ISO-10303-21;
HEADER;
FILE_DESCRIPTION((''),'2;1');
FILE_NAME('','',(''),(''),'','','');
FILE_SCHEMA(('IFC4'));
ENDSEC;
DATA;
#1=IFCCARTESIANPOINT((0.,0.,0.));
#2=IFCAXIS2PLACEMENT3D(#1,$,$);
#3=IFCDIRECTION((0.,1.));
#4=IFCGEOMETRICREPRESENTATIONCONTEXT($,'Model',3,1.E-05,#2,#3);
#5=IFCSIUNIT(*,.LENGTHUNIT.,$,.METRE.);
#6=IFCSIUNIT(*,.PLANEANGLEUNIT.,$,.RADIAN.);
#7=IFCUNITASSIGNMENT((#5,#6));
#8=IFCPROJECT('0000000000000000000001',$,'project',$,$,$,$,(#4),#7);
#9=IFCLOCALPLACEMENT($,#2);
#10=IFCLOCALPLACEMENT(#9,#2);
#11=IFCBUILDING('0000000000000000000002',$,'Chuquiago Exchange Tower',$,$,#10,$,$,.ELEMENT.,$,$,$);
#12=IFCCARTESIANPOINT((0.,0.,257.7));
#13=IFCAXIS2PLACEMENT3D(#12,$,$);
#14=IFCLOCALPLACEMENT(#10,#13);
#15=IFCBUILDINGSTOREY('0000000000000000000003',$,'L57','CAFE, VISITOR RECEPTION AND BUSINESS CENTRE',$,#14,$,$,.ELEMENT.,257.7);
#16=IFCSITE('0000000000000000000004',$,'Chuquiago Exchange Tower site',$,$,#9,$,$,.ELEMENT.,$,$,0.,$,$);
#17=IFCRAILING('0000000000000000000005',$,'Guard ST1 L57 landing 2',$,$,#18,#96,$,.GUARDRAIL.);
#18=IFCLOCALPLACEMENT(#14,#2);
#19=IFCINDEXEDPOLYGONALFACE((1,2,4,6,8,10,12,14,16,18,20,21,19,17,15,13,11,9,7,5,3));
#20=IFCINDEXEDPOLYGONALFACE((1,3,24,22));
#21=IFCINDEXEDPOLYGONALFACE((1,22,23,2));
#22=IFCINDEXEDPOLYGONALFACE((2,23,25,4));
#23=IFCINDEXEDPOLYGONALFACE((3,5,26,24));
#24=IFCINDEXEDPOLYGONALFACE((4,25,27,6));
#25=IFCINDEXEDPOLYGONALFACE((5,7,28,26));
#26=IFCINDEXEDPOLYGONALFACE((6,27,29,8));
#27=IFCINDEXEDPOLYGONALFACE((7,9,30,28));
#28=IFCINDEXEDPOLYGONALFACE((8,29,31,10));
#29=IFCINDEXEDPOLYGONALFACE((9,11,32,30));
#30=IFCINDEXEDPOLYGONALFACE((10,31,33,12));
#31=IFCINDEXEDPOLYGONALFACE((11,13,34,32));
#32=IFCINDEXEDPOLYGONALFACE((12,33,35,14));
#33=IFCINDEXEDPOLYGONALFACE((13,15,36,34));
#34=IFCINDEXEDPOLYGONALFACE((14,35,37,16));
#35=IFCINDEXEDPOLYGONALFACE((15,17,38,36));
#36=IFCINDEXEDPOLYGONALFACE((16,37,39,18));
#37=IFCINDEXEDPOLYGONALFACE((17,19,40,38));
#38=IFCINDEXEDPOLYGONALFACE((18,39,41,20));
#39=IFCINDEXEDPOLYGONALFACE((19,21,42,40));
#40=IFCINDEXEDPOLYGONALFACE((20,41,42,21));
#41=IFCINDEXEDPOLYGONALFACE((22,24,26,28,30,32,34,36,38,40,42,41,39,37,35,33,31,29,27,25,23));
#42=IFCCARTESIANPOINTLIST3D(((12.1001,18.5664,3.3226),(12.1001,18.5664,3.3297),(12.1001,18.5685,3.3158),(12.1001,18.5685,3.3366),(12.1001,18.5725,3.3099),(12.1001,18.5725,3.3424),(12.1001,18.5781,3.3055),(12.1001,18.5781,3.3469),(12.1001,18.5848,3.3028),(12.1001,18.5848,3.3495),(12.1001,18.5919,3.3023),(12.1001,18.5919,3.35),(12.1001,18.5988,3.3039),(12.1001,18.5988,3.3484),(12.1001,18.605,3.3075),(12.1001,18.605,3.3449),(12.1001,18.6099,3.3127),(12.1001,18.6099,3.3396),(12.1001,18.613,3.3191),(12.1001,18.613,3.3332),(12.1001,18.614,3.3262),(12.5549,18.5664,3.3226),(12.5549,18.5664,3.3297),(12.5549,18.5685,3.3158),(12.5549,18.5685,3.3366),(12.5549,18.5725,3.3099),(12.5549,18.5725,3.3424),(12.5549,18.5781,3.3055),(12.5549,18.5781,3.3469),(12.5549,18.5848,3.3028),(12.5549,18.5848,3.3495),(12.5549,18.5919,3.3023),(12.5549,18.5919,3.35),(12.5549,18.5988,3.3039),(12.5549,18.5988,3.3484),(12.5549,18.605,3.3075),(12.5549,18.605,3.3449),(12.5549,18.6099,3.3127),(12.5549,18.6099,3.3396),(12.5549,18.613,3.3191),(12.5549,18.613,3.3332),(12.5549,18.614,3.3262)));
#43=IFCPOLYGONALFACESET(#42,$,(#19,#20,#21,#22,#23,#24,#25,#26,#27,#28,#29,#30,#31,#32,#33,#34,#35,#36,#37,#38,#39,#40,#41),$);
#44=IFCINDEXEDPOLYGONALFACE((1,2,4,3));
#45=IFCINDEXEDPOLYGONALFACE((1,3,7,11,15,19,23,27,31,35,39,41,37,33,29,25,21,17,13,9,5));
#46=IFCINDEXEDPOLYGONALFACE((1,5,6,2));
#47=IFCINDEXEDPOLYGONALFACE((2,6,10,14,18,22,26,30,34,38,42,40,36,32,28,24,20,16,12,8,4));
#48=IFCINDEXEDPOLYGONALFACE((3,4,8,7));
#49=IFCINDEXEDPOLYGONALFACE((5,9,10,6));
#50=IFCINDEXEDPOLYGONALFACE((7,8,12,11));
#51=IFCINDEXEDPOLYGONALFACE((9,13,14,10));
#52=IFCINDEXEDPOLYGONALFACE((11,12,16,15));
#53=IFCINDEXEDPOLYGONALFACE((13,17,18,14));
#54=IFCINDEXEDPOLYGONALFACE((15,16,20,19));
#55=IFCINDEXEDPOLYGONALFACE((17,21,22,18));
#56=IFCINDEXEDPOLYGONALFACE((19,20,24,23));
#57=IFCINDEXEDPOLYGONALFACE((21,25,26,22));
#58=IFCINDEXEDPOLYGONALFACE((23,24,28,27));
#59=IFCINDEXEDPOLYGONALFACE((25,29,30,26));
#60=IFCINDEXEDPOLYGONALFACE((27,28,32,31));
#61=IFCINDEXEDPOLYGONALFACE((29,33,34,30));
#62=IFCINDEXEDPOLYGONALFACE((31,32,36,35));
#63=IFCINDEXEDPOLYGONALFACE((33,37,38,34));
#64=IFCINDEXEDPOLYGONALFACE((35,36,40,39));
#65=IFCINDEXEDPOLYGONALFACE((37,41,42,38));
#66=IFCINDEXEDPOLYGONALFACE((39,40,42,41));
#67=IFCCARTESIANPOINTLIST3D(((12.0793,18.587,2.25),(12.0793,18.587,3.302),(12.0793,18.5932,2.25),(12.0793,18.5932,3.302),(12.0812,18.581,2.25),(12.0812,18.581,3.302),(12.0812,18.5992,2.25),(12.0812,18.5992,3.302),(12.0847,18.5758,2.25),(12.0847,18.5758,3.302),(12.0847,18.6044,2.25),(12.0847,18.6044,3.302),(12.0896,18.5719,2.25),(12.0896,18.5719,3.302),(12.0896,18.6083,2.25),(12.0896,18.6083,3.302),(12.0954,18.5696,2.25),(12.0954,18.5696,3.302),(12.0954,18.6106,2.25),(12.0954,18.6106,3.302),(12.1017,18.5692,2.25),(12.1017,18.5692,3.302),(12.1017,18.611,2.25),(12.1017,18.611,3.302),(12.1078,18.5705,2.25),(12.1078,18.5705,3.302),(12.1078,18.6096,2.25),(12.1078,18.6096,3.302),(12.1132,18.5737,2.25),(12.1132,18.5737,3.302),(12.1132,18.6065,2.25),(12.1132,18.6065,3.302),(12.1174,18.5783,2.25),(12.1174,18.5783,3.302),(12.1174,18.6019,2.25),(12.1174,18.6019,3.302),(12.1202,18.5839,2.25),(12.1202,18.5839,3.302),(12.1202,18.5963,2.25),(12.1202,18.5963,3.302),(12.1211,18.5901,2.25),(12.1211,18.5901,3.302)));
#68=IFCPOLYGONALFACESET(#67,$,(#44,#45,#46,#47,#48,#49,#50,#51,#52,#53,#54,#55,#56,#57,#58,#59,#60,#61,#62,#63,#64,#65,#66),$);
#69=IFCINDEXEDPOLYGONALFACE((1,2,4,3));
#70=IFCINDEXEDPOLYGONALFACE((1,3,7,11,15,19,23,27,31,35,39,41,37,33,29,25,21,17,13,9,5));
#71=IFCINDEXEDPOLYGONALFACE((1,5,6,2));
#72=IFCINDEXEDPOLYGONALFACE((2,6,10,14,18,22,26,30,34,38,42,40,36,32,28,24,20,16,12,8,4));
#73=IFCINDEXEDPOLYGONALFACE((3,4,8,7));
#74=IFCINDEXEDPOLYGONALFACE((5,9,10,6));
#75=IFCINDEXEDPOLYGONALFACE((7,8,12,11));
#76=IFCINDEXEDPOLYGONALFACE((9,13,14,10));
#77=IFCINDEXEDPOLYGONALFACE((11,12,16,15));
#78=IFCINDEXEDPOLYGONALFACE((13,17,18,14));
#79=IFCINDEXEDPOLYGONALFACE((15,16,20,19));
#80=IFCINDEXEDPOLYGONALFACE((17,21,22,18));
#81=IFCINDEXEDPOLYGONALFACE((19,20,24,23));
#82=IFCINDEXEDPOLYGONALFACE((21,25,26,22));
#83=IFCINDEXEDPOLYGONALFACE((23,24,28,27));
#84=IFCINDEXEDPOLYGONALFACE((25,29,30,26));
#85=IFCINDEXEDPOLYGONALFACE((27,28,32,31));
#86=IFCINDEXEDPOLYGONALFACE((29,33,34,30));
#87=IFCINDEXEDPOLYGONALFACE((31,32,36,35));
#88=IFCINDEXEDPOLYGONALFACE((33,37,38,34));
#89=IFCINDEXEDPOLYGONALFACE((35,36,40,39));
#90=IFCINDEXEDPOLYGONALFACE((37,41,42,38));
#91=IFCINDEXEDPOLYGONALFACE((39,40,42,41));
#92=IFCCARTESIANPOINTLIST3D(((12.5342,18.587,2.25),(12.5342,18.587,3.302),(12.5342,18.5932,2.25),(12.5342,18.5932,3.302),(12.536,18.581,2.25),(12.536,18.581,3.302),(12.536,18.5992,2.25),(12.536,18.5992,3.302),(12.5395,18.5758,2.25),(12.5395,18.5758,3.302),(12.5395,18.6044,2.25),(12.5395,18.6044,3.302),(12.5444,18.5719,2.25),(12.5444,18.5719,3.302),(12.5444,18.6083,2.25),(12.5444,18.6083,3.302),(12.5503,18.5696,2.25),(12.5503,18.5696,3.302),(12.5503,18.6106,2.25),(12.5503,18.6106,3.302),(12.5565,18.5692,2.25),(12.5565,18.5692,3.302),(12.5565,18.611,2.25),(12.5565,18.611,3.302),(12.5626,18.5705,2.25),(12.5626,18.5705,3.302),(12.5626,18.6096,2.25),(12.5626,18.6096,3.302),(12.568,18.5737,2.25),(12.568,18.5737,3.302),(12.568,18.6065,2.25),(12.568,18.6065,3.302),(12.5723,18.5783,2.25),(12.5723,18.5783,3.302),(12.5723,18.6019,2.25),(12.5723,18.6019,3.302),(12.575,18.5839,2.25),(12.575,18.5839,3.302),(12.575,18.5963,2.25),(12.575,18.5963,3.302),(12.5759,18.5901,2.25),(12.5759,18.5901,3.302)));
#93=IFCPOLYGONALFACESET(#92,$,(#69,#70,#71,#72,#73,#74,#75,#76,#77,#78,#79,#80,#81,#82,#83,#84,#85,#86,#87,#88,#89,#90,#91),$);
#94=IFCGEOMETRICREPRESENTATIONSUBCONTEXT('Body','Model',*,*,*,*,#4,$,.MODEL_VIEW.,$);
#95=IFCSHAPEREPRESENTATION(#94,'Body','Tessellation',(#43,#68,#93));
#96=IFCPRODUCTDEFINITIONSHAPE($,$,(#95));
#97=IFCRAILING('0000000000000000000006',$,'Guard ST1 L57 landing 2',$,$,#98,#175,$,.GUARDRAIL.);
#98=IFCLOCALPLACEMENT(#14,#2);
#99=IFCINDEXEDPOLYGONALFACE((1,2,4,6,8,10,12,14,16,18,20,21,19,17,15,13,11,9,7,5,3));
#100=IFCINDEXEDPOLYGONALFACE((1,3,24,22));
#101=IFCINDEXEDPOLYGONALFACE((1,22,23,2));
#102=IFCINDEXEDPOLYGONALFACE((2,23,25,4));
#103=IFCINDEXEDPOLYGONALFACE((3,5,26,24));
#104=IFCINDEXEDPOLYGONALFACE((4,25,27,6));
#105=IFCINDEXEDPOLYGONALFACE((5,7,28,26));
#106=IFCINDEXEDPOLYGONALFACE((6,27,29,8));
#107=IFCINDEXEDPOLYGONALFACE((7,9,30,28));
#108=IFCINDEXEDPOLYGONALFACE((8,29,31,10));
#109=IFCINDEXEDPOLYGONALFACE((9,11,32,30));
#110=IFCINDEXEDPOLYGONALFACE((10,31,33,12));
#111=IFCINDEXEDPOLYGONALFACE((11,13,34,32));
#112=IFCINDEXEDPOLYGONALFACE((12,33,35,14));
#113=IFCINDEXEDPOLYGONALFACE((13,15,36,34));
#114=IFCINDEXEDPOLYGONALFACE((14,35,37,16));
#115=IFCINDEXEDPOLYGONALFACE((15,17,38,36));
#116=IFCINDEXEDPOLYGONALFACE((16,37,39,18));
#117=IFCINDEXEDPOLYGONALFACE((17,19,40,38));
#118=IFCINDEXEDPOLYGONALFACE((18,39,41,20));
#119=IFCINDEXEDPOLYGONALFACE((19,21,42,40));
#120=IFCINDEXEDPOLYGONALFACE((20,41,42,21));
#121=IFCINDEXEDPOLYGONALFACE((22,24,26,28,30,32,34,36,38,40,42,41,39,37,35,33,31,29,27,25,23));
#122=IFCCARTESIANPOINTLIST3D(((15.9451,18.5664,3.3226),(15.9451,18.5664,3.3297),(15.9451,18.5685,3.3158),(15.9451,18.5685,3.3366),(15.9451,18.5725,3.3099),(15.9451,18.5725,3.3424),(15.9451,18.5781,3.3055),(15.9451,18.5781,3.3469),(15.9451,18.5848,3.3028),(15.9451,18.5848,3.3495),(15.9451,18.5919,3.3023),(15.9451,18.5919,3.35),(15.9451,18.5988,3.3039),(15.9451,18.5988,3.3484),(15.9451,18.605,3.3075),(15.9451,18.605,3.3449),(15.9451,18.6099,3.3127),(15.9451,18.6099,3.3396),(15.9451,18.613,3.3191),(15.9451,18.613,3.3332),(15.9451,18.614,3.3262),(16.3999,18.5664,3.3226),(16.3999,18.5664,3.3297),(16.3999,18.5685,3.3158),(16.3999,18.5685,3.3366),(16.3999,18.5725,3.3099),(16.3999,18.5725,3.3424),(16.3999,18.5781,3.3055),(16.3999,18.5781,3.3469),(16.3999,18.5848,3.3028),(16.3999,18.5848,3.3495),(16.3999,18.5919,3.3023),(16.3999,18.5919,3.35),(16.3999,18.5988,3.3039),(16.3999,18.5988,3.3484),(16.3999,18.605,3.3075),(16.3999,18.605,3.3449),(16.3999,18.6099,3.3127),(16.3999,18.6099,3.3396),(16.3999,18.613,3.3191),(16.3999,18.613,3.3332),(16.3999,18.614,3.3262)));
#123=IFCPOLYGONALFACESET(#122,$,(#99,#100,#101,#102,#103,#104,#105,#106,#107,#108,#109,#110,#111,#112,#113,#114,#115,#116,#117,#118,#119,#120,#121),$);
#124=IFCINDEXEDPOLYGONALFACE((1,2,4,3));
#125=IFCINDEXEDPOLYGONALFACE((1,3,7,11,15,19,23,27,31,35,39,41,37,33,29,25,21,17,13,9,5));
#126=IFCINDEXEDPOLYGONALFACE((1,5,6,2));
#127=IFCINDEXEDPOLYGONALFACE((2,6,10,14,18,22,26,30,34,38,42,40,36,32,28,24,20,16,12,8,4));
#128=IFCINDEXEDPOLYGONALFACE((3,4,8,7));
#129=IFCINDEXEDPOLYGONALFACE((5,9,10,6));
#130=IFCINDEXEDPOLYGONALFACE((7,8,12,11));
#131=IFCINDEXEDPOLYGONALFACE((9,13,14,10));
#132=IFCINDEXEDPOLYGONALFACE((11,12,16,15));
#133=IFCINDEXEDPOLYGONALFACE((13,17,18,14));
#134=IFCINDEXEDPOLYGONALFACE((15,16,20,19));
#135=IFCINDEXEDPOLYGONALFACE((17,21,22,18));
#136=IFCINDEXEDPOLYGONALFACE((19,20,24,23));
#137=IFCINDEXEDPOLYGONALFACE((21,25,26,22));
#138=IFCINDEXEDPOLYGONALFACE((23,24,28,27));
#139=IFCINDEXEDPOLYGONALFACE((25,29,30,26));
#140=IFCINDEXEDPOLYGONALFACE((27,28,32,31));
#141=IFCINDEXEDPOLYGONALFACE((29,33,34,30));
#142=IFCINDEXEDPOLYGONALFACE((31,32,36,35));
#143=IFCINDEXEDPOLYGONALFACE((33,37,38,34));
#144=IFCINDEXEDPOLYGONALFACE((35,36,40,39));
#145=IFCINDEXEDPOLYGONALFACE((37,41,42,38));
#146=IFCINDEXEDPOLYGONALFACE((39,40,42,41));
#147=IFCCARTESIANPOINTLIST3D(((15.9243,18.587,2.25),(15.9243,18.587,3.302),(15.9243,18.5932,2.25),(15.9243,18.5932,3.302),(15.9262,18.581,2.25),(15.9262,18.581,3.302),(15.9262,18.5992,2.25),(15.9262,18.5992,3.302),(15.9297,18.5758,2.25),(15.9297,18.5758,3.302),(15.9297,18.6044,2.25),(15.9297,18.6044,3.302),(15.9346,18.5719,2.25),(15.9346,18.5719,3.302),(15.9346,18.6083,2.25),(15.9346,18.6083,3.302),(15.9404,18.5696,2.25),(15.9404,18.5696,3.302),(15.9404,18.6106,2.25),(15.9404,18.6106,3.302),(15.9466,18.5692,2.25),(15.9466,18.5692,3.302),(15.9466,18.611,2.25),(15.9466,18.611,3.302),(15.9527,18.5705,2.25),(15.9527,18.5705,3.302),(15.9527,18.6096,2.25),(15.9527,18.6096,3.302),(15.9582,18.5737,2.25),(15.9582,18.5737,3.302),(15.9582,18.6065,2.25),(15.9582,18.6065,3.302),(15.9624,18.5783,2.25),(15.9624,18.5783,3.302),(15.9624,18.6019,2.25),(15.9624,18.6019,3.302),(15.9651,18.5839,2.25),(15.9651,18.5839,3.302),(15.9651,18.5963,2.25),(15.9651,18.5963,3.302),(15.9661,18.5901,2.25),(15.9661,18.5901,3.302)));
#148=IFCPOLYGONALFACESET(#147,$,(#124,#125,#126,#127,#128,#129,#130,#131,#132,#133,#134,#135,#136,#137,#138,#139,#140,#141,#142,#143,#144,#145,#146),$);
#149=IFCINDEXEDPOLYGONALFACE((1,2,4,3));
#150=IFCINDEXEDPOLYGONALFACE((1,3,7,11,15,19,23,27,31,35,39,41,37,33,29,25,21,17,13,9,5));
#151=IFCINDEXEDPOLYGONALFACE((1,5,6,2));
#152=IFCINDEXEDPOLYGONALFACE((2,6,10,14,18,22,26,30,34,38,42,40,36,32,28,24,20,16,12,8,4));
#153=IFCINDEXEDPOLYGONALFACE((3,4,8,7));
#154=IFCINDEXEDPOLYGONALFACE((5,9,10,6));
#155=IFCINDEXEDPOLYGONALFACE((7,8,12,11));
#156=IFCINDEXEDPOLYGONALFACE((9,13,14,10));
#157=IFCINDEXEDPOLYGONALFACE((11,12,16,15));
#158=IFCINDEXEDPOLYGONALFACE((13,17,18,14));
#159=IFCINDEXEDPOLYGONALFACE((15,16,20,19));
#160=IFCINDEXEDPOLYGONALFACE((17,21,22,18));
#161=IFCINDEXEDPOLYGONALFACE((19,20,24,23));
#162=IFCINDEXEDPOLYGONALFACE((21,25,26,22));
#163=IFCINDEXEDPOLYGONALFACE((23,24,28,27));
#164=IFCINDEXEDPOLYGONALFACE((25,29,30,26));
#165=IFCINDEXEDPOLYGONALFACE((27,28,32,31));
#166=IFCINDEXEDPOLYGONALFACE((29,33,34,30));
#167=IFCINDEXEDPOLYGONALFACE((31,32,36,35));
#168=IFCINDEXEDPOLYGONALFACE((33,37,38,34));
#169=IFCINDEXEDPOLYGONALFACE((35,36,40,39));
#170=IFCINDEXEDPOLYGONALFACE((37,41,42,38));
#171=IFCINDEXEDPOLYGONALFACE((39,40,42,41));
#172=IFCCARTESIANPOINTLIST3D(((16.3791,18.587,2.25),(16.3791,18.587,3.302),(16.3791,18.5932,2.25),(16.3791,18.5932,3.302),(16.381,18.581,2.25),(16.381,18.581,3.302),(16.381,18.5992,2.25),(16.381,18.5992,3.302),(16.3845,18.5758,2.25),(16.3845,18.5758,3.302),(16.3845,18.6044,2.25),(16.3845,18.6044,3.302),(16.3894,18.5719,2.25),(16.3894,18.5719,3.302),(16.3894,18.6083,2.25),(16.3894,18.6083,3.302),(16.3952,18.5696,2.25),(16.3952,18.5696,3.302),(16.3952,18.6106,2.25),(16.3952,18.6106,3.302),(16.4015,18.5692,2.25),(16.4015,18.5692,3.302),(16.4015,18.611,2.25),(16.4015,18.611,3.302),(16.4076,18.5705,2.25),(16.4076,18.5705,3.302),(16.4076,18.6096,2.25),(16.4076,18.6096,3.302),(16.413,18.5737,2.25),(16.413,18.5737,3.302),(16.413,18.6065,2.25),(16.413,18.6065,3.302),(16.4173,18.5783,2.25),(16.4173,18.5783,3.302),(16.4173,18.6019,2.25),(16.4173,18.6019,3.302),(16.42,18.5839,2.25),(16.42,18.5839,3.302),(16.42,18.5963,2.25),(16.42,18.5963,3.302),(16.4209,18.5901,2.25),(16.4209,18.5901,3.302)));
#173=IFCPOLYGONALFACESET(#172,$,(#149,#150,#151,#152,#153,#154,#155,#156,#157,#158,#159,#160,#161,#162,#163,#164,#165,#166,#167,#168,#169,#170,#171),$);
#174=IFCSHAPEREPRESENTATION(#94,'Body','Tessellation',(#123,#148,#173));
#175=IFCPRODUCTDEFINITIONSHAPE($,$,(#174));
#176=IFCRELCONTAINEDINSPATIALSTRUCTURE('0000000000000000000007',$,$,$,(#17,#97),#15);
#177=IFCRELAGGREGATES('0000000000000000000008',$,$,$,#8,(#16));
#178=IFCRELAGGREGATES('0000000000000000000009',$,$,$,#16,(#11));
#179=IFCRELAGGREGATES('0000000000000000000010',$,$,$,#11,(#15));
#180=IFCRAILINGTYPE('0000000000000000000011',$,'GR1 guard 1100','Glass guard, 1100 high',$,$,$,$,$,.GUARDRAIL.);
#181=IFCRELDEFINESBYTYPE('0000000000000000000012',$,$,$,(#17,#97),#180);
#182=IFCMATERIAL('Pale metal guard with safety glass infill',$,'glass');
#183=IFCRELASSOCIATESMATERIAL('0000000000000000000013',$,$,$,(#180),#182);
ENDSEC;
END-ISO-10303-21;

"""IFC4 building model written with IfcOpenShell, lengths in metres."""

from ifc_helpers import new_model, si_unit, direction, frame, origin, origin_2d, place, context, subcontext, project, spatial, circle, extrude, material, type_object, element, save


model = new_model("IFC4")

# Units and contexts
model_context = context("Model", 3, precision=1e-05, world=origin(), true_north=direction((0.0, 1.0)))
body_context = subcontext(model_context, "Body", "Model", "MODEL_VIEW")
ifc_project = project(units=[si_unit("LENGTHUNIT", "METRE"), si_unit("PLANEANGLEUNIT", "RADIAN")], contexts=[model_context])

# Site, building, storey
site_placement = place(None, origin())
site = spatial("IfcSite", under=ifc_project, at=site_placement, Name="Chuquiago Exchange Tower site", CompositionType="ELEMENT", RefElevation=0.0)
building_placement = place(site_placement, origin())
building = spatial("IfcBuilding", under=site, at=building_placement, Name="Chuquiago Exchange Tower", CompositionType="ELEMENT")
storey_placement = place(building_placement, frame((0.0, 0.0, 257.7)))
storey = spatial("IfcBuildingStorey", under=building, at=storey_placement, Name="L57", Description="CAFE, VISITOR RECEPTION AND BUSINESS CENTRE", CompositionType="ELEMENT", Elevation=257.7)

# Railings
ifc_material_1 = material(Name="Pale metal guard with safety glass infill", Category="glass")
railing_type_1 = type_object("IfcRailingType", Name="GR1 guard 1100", Description="Glass guard, 1100 high", PredefinedType="GUARDRAIL", material=ifc_material_1)
for number, where, name in (
    (1, (12.1001, 18.5901, 2.25), "Guard ST1 L57 landing 2"),
    (2, (15.9451, 18.5901, 2.25), "Guard ST1 L57 landing 2"),
):
    element("IfcRailing", number, at=place(storey_placement, frame(where)), inside=storey, type_object=railing_type_1, Name=name, PredefinedType="GUARDRAIL", context=body_context, shape_type="SweptSolid", body=[
        extrude(circle(Radius=0.0239, at=origin_2d()), frame((0.0, 0.0, 1.0762), z_axis=(1.0, 0.0, 0.0), x_axis=(0.0, 1.0, 0.0)), (0.0, 0.0, 1.0), 0.4548),
        extrude(circle(Radius=0.021, at=origin_2d()), origin(), (0.0, 0.0, 1.0), 1.052),
        extrude(circle(Radius=0.021, at=origin_2d()), frame((0.4548, 0.0, 0.0)), (0.0, 0.0, 1.0), 1.052),
    ])

save(model, "model.ifc")
